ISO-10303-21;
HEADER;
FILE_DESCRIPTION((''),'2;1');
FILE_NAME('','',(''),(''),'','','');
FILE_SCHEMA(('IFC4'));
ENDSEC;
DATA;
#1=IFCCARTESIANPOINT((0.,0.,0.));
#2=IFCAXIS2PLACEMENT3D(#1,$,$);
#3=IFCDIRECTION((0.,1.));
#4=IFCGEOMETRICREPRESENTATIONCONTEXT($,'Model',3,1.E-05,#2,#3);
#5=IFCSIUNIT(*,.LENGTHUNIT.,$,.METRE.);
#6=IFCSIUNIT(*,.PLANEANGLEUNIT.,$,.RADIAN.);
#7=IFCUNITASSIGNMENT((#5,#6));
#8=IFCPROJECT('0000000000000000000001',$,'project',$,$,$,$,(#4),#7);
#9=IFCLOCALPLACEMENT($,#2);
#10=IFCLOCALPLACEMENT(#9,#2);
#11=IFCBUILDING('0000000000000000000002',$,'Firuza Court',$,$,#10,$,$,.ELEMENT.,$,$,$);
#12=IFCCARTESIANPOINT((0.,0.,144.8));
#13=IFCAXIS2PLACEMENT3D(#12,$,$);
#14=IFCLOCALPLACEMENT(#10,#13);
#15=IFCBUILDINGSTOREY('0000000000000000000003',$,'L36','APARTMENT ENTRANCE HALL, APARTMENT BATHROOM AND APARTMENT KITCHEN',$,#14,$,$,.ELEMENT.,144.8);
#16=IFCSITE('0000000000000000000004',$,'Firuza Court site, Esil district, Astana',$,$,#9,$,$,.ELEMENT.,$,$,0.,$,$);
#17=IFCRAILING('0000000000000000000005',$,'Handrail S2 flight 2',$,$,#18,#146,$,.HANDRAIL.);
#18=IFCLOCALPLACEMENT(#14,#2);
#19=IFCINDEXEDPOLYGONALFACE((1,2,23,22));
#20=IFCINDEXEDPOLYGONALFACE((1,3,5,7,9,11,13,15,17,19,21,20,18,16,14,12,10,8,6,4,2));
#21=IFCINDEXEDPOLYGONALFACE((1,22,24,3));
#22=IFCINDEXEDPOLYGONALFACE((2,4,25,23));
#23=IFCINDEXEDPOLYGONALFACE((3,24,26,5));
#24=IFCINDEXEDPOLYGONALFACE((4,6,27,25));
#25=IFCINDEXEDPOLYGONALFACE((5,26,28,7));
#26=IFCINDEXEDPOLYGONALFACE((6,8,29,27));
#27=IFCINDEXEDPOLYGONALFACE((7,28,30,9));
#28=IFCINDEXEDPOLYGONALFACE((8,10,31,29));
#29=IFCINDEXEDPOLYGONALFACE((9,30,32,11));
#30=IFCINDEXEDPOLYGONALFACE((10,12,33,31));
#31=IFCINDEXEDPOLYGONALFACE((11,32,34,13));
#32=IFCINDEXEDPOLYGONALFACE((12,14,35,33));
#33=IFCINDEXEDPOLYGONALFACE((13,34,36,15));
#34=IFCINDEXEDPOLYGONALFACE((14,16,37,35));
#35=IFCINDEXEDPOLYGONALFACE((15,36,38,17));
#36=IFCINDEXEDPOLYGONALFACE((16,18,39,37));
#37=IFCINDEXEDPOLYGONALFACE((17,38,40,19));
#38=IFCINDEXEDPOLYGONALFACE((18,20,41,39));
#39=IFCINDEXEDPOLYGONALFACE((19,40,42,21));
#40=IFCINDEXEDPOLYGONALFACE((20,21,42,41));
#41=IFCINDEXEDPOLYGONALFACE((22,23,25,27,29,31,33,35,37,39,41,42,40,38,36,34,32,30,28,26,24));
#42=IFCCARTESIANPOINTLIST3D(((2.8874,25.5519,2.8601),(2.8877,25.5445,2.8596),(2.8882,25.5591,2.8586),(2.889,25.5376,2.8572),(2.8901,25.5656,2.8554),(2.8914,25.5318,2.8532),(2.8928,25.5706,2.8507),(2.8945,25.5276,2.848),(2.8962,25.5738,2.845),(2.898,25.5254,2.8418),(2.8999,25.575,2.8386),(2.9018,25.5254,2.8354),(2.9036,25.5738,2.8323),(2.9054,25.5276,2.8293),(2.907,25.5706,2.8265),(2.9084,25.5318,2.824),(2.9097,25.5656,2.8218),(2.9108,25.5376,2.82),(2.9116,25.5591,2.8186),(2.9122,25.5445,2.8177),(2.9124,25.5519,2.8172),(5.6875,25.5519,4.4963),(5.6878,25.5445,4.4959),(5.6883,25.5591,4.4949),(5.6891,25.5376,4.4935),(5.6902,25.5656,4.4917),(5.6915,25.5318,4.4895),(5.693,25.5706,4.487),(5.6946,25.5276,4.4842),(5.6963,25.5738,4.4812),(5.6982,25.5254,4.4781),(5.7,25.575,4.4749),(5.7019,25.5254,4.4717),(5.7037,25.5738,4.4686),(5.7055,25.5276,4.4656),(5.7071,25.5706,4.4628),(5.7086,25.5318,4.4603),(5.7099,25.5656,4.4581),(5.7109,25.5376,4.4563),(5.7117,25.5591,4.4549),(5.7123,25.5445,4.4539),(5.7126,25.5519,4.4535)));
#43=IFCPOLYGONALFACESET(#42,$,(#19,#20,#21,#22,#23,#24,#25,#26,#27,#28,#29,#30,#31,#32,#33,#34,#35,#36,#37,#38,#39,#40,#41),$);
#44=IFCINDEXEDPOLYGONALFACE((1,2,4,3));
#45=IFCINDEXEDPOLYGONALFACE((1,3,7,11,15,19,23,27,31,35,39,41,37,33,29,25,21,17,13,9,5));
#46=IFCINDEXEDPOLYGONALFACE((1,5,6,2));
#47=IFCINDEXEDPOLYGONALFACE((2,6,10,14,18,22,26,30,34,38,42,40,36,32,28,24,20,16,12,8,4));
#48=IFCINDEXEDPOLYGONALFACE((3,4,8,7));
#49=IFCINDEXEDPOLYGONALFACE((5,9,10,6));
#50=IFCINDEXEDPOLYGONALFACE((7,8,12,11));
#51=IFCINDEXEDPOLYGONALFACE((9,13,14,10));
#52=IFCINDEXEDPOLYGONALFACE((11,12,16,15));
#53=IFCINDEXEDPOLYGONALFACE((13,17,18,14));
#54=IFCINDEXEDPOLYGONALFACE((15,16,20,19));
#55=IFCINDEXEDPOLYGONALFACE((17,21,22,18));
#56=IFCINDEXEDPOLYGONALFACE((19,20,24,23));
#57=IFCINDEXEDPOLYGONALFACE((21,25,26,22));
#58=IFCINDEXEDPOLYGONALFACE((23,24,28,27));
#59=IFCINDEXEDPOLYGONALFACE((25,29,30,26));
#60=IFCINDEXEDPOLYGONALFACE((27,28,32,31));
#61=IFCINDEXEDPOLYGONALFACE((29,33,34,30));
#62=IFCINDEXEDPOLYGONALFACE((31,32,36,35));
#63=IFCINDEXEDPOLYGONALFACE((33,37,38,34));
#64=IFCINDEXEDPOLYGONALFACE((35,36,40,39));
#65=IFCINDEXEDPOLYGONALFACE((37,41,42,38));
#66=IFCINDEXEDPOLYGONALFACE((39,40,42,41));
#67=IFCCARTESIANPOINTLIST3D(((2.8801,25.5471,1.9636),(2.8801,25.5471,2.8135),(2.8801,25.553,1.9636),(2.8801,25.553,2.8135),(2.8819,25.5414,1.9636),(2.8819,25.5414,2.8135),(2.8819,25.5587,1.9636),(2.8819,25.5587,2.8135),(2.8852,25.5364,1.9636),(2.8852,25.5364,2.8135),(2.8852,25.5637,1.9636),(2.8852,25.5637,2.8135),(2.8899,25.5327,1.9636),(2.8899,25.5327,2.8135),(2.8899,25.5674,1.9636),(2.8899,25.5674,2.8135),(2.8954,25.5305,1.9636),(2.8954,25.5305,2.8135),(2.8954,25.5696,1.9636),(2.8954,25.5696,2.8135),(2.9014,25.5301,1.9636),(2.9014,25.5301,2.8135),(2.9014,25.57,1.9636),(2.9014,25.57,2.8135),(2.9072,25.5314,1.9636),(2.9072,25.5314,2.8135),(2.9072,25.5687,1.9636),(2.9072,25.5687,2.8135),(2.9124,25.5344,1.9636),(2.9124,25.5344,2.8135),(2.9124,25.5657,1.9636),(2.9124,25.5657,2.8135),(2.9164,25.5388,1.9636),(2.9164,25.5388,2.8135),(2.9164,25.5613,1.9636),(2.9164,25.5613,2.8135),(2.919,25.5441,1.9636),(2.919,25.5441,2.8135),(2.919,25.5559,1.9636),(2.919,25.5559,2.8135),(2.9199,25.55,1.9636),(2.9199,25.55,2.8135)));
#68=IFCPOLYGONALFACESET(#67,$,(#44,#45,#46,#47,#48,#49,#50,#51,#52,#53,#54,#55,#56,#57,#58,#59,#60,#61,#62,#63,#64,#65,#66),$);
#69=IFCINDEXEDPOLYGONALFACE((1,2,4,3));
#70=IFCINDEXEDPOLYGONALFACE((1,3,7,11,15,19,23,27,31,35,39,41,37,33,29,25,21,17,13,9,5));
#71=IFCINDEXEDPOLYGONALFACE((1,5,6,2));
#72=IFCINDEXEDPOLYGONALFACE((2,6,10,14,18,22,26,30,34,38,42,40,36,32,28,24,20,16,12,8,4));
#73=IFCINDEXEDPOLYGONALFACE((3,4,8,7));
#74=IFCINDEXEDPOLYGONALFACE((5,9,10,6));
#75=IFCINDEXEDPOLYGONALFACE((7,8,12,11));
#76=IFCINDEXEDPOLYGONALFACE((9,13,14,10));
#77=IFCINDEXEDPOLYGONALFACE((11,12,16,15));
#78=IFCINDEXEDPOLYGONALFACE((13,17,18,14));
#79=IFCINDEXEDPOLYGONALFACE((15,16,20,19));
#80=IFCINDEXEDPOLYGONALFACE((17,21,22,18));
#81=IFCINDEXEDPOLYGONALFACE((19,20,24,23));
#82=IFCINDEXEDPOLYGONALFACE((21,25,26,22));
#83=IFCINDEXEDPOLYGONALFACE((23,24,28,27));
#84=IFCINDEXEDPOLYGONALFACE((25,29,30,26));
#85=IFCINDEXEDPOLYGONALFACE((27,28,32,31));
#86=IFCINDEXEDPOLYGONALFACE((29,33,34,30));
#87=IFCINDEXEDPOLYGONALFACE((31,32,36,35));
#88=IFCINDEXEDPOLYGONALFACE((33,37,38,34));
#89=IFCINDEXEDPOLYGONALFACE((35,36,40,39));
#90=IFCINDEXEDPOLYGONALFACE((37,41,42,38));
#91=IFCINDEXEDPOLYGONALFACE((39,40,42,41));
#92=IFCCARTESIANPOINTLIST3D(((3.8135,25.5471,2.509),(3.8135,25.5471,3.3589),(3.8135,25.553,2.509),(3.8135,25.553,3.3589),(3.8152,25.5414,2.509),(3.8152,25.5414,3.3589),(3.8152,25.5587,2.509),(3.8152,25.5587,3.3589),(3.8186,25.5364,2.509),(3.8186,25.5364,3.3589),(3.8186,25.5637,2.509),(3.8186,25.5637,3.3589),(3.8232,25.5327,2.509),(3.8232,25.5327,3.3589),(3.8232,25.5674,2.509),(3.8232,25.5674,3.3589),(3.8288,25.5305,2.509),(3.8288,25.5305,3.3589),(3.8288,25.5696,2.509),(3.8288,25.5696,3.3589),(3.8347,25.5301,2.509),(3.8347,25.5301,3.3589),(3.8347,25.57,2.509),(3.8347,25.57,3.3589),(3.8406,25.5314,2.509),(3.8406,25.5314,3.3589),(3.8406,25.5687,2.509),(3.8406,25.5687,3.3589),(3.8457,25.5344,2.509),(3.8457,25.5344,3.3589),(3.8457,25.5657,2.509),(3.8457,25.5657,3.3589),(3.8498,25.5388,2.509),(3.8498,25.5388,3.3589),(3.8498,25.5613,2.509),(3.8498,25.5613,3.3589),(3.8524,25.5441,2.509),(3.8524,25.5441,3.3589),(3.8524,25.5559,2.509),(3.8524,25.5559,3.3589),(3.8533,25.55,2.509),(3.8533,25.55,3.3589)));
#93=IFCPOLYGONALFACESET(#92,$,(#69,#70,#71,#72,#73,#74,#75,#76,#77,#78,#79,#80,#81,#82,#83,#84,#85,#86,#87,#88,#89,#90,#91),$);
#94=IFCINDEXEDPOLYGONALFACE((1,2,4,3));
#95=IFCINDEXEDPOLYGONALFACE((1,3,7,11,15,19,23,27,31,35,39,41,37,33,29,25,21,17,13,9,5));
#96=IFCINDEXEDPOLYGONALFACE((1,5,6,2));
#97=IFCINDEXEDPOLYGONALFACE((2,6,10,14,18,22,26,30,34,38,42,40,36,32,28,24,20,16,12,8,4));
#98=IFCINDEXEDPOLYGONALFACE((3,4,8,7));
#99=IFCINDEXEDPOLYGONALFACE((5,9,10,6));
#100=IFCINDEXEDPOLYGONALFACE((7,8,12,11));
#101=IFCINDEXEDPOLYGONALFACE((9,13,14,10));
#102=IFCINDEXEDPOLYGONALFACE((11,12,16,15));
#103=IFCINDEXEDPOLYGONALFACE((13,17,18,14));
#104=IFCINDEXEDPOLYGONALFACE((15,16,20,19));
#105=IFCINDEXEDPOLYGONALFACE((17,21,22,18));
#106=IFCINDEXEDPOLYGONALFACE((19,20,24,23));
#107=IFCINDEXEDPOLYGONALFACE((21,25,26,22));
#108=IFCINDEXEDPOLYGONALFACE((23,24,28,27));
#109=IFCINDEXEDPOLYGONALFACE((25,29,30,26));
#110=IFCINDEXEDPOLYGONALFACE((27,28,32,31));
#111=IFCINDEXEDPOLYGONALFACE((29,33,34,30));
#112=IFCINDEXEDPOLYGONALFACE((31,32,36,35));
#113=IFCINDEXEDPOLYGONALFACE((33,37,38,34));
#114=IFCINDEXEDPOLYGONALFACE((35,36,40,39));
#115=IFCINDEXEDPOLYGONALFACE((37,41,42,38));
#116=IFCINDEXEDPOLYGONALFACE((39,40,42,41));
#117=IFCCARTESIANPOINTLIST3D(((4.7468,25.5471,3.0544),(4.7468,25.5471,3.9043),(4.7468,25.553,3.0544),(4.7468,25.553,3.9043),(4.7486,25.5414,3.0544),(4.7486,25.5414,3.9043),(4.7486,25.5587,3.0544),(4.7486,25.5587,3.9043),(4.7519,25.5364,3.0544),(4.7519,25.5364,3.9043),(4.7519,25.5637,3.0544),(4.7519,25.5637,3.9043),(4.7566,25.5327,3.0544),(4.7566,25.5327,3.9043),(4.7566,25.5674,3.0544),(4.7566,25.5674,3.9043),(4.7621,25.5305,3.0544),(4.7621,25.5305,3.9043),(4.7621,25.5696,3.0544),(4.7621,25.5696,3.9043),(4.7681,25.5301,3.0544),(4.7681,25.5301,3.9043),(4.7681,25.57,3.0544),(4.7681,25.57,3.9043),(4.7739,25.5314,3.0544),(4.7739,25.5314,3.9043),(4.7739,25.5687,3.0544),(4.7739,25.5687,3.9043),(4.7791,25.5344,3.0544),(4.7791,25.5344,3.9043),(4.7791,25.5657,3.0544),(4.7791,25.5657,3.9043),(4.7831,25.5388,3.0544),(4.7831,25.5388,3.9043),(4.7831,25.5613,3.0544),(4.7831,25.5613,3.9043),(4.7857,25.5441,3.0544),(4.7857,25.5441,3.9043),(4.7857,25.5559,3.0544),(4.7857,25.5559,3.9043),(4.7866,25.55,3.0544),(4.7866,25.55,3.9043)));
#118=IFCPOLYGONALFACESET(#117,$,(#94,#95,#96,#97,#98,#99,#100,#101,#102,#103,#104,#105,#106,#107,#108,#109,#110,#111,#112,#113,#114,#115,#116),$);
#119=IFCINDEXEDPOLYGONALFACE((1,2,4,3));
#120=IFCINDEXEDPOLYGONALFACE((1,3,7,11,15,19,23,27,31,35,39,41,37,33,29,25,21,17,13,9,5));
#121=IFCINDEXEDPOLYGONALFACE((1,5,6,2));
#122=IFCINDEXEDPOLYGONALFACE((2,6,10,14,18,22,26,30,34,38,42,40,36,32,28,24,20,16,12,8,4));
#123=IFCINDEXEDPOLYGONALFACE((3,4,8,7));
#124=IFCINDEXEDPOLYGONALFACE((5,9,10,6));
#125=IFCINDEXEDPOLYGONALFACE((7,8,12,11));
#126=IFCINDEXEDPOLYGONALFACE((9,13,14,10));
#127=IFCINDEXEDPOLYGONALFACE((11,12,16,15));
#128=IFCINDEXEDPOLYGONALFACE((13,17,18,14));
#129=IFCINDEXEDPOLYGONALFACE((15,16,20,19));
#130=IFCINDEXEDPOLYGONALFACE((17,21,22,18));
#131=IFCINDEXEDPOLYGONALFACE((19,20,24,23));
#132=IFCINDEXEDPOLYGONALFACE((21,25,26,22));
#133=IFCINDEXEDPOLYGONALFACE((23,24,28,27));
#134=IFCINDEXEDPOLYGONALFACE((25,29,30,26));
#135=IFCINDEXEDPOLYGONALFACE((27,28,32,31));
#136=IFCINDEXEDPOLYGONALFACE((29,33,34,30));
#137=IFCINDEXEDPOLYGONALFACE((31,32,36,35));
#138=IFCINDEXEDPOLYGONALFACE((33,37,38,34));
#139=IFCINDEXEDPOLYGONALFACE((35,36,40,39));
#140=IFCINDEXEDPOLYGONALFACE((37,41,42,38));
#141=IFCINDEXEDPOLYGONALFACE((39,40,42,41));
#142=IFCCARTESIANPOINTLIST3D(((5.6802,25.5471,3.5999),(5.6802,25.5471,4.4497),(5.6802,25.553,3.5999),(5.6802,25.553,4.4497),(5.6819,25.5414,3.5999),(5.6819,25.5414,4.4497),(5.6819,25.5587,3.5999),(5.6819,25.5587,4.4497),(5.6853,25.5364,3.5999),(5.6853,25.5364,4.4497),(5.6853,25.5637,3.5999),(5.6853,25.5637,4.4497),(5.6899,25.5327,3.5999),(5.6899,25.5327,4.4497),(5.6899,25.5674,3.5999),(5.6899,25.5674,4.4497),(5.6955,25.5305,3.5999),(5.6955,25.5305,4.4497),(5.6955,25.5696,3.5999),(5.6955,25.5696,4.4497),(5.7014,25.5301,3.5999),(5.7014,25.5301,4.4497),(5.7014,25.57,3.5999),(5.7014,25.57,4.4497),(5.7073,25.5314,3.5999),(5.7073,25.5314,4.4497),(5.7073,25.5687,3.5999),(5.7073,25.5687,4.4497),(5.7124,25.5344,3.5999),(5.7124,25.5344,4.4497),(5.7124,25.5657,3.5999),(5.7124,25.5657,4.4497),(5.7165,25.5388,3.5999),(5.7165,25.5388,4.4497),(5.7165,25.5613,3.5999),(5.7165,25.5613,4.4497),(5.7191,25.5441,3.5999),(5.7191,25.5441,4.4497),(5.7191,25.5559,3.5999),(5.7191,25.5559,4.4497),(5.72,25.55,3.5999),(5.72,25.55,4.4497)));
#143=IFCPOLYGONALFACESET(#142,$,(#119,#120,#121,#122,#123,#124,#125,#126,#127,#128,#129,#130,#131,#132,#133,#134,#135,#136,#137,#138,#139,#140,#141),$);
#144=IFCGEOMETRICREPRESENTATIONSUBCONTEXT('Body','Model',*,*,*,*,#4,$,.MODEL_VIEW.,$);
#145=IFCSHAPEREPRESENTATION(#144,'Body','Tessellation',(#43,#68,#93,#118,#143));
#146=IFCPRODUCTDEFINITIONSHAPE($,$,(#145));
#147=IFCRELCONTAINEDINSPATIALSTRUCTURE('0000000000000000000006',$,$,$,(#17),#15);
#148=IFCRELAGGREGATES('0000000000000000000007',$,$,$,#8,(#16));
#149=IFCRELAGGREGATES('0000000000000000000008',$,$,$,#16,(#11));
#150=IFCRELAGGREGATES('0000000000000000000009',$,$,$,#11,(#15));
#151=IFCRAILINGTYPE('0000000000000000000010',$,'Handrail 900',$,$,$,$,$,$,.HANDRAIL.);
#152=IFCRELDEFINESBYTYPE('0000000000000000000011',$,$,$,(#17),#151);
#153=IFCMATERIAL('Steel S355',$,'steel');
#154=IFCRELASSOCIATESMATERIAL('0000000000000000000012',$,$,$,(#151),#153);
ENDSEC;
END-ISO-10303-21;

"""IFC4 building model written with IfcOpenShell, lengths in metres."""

from ifc_helpers import new_model, si_unit, direction, frame, origin, origin_2d, place, context, subcontext, project, spatial, circle, extrude, material, type_object, element, save


model = new_model("IFC4")

# Units and contexts
model_context = context("Model", 3, precision=1e-05, world=origin(), true_north=direction((0.0, 1.0)))
body_context = subcontext(model_context, "Body", "Model", "MODEL_VIEW")
ifc_project = project(units=[si_unit("LENGTHUNIT", "METRE"), si_unit("PLANEANGLEUNIT", "RADIAN")], contexts=[model_context])

# Site, building, storey
site_placement = place(None, origin())
site = spatial("IfcSite", under=ifc_project, at=site_placement, Name="Firuza Court site, Esil district, Astana", CompositionType="ELEMENT", RefElevation=0.0)
building_placement = place(site_placement, origin())
building = spatial("IfcBuilding", under=site, at=building_placement, Name="Firuza Court", CompositionType="ELEMENT")
storey_placement = place(building_placement, frame((0.0, 0.0, 144.8)))
storey = spatial("IfcBuildingStorey", under=building, at=storey_placement, Name="L36", Description="APARTMENT ENTRANCE HALL, APARTMENT BATHROOM AND APARTMENT KITCHEN", CompositionType="ELEMENT", Elevation=144.8)

# Railing
ifc_material_1 = material(Name="Steel S355", Category="steel")
railing_type = type_object("IfcRailingType", Name="Handrail 900", PredefinedType="HANDRAIL", material=ifc_material_1)
railing_placement = place(storey_placement, frame((2.8999, 25.55, 1.9636)))
element("IfcRailing", 1, at=railing_placement, inside=storey, type_object=railing_type, Name="Handrail S2 flight 2", PredefinedType="HANDRAIL", context=body_context, shape_type="SweptSolid", body=[
    extrude(circle(Radius=0.0249, at=origin_2d()), frame((0.0, 0.0, 0.875), z_axis=(0.863394, 0.0, 0.504531), x_axis=(0.0, 1.0, 0.0)), (0.0, 0.0, 1.0), 3.2432),
    extrude(circle(Radius=0.02, at=origin_2d()), origin(), (0.0, 0.0, 1.0), 0.8499),
    extrude(circle(Radius=0.02, at=origin_2d()), frame((0.9333, 0.0, 0.5454)), (0.0, 0.0, 1.0), 0.8499),
    extrude(circle(Radius=0.02, at=origin_2d()), frame((1.8667, 0.0, 1.0908)), (0.0, 0.0, 1.0), 0.8499),
    extrude(circle(Radius=0.02, at=origin_2d()), frame((2.8, 0.0, 1.6362)), (0.0, 0.0, 1.0), 0.8499),
])

save(model, "model.ifc")
